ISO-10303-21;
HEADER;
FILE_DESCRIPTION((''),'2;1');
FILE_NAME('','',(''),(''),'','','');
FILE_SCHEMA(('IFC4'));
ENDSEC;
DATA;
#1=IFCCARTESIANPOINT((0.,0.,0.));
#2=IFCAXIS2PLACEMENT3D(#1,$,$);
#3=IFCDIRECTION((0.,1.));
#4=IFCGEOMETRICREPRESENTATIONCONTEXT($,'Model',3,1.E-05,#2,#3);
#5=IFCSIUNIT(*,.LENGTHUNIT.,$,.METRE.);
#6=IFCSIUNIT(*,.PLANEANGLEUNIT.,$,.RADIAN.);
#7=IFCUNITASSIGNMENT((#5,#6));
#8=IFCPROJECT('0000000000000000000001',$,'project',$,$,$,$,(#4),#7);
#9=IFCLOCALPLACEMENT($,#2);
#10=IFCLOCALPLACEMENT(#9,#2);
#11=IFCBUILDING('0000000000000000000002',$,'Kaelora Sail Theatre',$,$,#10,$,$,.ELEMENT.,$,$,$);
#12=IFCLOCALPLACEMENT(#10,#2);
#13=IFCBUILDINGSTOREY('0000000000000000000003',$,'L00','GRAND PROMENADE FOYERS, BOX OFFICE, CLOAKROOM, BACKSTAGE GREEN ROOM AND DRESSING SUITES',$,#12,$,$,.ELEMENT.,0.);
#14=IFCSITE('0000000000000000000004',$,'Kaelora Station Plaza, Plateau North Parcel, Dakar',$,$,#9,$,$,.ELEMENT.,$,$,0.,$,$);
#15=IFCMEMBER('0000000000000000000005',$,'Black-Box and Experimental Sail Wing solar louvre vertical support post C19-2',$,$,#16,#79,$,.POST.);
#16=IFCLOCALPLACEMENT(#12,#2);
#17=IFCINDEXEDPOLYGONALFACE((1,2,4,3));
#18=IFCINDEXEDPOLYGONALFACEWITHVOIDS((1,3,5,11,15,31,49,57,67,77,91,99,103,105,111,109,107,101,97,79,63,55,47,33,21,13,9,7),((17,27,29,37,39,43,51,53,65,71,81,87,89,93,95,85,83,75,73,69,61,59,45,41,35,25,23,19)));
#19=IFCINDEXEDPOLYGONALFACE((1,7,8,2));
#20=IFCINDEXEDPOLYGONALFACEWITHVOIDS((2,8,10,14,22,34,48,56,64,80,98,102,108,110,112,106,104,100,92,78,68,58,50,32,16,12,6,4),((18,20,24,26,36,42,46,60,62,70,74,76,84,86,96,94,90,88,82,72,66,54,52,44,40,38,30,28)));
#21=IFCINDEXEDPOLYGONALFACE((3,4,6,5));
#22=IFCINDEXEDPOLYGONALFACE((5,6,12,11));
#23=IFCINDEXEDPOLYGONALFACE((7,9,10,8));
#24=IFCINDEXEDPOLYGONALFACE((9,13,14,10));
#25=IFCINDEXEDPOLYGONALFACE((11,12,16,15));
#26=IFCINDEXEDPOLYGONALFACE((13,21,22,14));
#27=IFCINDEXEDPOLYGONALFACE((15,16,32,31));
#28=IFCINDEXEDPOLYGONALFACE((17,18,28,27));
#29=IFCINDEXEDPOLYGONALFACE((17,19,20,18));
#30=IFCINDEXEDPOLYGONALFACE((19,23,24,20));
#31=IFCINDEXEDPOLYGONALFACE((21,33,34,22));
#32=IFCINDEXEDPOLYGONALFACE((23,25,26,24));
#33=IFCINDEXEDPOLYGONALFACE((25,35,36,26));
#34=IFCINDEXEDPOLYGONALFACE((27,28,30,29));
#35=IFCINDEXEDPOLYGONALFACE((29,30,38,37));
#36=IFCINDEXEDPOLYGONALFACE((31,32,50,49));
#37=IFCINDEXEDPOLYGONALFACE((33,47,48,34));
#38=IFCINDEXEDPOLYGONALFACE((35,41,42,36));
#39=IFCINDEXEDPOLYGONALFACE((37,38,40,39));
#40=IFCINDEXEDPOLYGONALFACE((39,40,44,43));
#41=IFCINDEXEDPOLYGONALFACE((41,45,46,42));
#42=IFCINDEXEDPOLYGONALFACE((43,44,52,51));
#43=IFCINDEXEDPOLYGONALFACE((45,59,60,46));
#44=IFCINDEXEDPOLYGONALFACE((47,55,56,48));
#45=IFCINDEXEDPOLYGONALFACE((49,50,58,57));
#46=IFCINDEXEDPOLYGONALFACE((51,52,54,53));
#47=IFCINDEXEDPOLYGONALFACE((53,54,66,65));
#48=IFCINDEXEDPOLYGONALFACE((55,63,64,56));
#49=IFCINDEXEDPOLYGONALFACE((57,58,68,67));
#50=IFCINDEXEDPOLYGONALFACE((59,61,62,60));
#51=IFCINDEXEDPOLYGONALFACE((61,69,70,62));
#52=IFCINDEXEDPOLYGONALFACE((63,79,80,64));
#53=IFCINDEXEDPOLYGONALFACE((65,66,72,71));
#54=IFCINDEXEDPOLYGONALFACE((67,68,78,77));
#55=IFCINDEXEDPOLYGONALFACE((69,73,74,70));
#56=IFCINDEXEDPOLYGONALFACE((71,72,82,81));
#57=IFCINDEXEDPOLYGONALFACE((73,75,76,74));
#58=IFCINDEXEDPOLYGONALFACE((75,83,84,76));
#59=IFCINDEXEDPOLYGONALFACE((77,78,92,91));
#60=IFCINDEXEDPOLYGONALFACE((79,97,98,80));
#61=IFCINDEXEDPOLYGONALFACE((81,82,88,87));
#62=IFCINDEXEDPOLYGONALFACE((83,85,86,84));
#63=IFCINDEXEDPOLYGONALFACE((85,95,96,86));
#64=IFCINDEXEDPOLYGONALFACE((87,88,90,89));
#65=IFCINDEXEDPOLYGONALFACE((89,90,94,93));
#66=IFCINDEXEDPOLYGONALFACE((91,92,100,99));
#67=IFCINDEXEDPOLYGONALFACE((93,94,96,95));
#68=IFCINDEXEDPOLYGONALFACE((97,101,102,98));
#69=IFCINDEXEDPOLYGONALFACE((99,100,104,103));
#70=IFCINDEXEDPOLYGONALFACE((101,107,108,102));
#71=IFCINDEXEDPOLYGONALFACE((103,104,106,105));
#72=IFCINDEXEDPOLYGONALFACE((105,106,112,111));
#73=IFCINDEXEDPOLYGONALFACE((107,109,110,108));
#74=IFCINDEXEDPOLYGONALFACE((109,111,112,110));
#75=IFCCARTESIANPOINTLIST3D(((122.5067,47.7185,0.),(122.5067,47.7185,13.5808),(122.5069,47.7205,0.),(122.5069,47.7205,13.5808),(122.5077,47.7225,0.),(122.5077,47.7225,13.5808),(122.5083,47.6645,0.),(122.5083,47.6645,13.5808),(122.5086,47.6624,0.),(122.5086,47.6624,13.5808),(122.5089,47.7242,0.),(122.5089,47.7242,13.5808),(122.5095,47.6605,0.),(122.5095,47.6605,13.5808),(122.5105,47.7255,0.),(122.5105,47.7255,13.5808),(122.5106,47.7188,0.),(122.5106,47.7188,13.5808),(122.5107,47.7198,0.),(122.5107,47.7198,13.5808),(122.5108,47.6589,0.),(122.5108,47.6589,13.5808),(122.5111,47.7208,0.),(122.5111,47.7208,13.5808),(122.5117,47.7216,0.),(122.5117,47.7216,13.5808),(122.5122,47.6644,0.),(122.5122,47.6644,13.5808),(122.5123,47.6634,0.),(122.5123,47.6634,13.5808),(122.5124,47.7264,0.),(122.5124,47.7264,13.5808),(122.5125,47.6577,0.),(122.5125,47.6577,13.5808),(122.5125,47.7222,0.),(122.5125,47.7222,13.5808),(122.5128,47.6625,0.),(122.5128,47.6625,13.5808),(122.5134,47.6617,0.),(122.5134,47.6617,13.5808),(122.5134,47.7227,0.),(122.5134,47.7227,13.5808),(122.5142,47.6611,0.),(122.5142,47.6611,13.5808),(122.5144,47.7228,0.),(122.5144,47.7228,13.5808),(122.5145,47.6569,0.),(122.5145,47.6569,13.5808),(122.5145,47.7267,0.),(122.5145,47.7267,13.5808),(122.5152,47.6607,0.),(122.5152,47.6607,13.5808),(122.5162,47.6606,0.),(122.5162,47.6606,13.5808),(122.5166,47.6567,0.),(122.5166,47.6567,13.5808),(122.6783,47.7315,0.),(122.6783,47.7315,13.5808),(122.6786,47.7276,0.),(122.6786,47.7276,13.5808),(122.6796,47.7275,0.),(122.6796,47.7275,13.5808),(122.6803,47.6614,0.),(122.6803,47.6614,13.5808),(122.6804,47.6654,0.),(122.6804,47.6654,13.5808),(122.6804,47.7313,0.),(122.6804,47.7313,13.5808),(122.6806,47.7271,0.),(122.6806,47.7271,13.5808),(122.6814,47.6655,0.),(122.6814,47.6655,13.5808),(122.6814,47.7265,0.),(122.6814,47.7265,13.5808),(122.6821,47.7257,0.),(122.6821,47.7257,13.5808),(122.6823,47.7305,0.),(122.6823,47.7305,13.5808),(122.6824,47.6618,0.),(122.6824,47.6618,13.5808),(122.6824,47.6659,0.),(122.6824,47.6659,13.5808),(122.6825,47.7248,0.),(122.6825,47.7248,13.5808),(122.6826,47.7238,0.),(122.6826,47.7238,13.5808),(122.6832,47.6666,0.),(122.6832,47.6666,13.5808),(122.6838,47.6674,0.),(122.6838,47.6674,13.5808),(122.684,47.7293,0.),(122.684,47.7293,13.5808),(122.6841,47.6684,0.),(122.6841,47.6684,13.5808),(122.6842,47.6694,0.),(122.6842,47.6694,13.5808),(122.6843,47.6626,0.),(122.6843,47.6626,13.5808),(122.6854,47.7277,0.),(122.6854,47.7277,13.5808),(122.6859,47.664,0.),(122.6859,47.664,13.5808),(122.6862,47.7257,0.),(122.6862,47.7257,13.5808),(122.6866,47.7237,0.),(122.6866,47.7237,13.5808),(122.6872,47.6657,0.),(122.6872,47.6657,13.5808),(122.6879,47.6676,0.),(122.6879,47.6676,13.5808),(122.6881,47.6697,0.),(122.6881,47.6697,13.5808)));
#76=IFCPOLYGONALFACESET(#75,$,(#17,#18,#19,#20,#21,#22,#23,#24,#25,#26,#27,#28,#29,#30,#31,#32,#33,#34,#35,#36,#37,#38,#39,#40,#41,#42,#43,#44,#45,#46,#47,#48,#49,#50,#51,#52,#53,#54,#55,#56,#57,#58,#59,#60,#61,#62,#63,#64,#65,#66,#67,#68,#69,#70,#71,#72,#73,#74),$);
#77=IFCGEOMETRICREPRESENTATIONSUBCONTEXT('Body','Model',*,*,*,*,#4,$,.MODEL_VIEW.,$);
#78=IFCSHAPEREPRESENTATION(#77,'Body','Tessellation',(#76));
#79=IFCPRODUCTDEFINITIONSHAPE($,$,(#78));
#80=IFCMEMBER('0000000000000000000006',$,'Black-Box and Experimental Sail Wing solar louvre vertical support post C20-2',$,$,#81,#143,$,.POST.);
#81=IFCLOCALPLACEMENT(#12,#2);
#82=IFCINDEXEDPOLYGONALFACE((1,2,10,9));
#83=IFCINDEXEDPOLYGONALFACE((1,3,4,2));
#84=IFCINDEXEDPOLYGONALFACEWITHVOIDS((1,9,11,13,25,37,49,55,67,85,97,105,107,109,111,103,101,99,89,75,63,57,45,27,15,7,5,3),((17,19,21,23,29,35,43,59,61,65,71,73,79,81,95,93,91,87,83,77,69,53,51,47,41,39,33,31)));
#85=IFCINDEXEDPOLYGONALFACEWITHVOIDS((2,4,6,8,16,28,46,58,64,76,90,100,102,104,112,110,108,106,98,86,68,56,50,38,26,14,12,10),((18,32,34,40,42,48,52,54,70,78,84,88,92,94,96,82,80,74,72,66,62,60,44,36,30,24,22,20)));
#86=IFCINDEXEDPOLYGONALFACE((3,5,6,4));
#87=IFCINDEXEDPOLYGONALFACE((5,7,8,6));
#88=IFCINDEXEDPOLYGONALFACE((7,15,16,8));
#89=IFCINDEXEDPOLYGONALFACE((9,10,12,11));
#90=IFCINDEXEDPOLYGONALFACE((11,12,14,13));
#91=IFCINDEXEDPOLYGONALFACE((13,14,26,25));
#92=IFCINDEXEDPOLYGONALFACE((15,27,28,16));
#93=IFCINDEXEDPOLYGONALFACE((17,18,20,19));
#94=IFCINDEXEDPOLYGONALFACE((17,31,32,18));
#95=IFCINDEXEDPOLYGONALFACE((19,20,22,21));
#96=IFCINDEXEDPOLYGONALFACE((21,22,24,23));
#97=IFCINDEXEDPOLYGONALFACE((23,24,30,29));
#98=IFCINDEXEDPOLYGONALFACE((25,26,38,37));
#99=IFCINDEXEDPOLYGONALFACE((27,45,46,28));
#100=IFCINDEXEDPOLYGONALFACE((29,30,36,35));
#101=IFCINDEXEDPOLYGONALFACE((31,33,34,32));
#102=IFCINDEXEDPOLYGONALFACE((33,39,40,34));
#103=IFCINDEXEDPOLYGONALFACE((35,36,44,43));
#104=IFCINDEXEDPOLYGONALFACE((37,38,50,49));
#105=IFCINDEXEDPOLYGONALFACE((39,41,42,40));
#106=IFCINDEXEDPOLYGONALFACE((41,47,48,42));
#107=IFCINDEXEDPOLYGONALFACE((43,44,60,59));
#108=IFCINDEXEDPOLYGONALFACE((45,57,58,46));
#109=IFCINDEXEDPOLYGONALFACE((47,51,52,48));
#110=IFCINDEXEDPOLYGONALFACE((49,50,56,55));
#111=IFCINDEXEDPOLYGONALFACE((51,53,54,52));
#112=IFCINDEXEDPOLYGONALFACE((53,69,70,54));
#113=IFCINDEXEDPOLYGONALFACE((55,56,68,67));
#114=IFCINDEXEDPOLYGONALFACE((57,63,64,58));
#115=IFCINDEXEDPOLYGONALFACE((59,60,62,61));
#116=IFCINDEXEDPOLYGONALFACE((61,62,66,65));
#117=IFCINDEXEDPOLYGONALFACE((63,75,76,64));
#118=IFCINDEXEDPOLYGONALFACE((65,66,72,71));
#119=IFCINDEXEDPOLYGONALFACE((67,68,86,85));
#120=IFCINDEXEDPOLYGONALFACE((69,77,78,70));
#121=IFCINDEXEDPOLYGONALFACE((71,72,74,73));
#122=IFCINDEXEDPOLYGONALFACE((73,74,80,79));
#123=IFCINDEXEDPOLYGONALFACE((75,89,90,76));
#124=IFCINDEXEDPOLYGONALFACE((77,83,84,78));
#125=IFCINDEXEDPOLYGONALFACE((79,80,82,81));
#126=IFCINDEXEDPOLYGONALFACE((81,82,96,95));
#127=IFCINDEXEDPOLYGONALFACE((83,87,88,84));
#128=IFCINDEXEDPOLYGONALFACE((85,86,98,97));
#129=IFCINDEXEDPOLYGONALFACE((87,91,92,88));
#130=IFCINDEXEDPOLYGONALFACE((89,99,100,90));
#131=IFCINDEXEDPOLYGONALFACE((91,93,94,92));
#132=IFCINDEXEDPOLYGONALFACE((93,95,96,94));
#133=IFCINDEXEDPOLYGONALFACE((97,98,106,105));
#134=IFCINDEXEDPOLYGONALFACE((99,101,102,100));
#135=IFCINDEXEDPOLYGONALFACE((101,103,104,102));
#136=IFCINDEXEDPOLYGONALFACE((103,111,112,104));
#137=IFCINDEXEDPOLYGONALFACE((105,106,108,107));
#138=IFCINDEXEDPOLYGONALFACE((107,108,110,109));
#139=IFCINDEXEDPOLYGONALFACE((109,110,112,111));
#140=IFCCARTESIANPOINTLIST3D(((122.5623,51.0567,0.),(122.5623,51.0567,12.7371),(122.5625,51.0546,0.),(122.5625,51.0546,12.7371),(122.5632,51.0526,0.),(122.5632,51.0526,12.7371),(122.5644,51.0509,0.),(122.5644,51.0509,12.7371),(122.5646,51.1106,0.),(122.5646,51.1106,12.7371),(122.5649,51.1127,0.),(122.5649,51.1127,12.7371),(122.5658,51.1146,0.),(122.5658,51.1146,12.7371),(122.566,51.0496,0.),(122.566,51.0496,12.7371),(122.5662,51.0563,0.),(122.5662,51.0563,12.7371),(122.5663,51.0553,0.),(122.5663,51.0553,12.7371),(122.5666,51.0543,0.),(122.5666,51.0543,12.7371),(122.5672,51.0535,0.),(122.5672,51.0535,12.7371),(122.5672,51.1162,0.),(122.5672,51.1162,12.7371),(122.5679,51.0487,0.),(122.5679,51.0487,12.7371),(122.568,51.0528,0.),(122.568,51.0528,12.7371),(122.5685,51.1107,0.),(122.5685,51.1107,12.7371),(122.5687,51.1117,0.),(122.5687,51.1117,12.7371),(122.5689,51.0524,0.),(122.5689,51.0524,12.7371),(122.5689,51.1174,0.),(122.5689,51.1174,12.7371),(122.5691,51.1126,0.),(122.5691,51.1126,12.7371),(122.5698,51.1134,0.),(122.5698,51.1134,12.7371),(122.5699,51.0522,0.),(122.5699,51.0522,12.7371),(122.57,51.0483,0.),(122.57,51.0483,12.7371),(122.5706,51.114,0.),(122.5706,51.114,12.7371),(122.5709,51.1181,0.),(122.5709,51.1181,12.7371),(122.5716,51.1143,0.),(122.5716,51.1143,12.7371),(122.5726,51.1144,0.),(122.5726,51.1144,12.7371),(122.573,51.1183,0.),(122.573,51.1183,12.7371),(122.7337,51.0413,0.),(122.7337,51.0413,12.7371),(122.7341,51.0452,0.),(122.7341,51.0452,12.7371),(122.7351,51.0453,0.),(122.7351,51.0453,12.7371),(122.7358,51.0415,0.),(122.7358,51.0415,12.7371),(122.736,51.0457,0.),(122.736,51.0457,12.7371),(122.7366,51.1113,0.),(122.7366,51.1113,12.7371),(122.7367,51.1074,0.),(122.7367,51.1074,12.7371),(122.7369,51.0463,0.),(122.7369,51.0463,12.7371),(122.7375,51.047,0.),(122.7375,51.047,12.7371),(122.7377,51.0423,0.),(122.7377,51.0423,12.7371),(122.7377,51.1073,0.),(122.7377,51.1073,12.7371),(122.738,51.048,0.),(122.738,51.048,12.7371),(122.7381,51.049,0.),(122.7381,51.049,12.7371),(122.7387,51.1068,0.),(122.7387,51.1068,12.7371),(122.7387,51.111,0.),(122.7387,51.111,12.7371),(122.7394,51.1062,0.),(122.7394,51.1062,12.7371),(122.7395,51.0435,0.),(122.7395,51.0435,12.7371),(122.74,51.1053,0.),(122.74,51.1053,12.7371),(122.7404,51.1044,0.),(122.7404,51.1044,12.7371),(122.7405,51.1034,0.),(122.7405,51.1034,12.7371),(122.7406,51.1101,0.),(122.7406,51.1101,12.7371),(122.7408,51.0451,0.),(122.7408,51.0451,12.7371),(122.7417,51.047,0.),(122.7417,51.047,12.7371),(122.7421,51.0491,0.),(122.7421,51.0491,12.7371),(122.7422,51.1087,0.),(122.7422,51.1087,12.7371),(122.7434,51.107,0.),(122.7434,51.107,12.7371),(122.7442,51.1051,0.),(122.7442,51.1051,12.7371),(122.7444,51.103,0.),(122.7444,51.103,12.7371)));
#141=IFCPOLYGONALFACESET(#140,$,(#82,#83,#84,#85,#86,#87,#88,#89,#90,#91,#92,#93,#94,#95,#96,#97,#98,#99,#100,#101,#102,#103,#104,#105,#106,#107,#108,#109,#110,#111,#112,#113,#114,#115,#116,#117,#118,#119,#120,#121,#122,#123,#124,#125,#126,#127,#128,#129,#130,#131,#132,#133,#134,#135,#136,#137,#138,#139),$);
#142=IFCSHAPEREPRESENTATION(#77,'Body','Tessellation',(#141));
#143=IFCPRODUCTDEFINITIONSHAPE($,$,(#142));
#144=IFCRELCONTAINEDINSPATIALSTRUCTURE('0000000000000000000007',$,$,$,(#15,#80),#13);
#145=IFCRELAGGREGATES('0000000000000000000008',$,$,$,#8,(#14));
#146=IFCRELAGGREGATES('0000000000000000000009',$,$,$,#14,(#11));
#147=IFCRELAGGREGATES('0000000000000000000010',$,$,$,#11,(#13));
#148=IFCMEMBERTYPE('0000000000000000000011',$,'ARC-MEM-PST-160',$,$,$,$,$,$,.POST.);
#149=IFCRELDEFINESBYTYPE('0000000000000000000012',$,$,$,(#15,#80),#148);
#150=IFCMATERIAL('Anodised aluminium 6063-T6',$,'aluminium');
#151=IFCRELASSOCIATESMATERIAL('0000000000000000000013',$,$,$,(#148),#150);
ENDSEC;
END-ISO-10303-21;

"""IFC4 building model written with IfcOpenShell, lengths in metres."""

from ifc_helpers import new_model, si_unit, direction, frame, origin, origin_2d, place, context, subcontext, project, spatial, hollow_rectangle, extrude, material, material_profile, profile_set, type_object, element, save


model = new_model("IFC4")

# Units and contexts
model_context = context("Model", 3, precision=1e-05, world=origin(), true_north=direction((0.0, 1.0)))
body_context = subcontext(model_context, "Body", "Model", "MODEL_VIEW")
ifc_project = project(units=[si_unit("LENGTHUNIT", "METRE"), si_unit("PLANEANGLEUNIT", "RADIAN")], contexts=[model_context])

# Site, building, storey
site_placement = place(None, origin())
site = spatial("IfcSite", under=ifc_project, at=site_placement, Name="Kaelora Station Plaza, Plateau North Parcel, Dakar", CompositionType="ELEMENT", RefElevation=0.0)
building_placement = place(site_placement, origin())
building = spatial("IfcBuilding", under=site, at=building_placement, Name="Kaelora Sail Theatre", CompositionType="ELEMENT")
storey_placement = place(building_placement, origin())
storey = spatial("IfcBuildingStorey", under=building, at=storey_placement, Name="L00", Description="GRAND PROMENADE FOYERS, BOX OFFICE, CLOAKROOM, BACKSTAGE GREEN ROOM AND DRESSING SUITES", CompositionType="ELEMENT", Elevation=0.0)

# Members
ifc_material_1 = material(Name="Anodised aluminium 6063-T6", Category="aluminium")
ifc_material_profile_1 = material_profile(ifc_material_1, hollow_rectangle(XDim=0.0701, YDim=0.1799, WallThickness=0.0039, InnerFilletRadius=0.0039, OuterFilletRadius=0.0081, at=origin_2d()), Name="ALU-MULL 70x180x4")
ifc_profile_set_1 = profile_set([ifc_material_profile_1], Name="Anodised aluminium 6063-T6")
member_type_1 = type_object("IfcMemberType", Name="ARC-MEM-PST-160", PredefinedType="POST", material=ifc_profile_set_1)
member_1_placement = place(storey_placement, frame((122.5974, 47.6941, 0.0), z_axis=(0.0, 0.0, 1.0), x_axis=(-0.028968, 0.99958, 0.0)))
element("IfcMember", 1, at=member_1_placement, inside=storey, type_object=member_type_1, Name="Black-Box and Experimental Sail Wing solar louvre vertical support post C19-2", PredefinedType="POST", context=body_context, shape_type="SweptSolid", body=[
    extrude(hollow_rectangle(XDim=0.0701, YDim=0.1799, WallThickness=0.0039, InnerFilletRadius=0.0039, OuterFilletRadius=0.0081, at=origin_2d()), origin(), (0.0, 0.0, 1.0), 13.5808),
])
member_2_placement = place(storey_placement, frame((122.6533, 51.0798, 0.0), z_axis=(0.0, 0.0, 1.0), x_axis=(0.042573, 0.999093, 0.0)))
element("IfcMember", 2, at=member_2_placement, inside=storey, type_object=member_type_1, Name="Black-Box and Experimental Sail Wing solar louvre vertical support post C20-2", PredefinedType="POST", context=body_context, shape_type="SweptSolid", body=[
    extrude(hollow_rectangle(XDim=0.0701, YDim=0.1799, WallThickness=0.0039, InnerFilletRadius=0.0039, OuterFilletRadius=0.0081, at=origin_2d()), origin(), (0.0, 0.0, 1.0), 12.7371),
])

save(model, "model.ifc")
